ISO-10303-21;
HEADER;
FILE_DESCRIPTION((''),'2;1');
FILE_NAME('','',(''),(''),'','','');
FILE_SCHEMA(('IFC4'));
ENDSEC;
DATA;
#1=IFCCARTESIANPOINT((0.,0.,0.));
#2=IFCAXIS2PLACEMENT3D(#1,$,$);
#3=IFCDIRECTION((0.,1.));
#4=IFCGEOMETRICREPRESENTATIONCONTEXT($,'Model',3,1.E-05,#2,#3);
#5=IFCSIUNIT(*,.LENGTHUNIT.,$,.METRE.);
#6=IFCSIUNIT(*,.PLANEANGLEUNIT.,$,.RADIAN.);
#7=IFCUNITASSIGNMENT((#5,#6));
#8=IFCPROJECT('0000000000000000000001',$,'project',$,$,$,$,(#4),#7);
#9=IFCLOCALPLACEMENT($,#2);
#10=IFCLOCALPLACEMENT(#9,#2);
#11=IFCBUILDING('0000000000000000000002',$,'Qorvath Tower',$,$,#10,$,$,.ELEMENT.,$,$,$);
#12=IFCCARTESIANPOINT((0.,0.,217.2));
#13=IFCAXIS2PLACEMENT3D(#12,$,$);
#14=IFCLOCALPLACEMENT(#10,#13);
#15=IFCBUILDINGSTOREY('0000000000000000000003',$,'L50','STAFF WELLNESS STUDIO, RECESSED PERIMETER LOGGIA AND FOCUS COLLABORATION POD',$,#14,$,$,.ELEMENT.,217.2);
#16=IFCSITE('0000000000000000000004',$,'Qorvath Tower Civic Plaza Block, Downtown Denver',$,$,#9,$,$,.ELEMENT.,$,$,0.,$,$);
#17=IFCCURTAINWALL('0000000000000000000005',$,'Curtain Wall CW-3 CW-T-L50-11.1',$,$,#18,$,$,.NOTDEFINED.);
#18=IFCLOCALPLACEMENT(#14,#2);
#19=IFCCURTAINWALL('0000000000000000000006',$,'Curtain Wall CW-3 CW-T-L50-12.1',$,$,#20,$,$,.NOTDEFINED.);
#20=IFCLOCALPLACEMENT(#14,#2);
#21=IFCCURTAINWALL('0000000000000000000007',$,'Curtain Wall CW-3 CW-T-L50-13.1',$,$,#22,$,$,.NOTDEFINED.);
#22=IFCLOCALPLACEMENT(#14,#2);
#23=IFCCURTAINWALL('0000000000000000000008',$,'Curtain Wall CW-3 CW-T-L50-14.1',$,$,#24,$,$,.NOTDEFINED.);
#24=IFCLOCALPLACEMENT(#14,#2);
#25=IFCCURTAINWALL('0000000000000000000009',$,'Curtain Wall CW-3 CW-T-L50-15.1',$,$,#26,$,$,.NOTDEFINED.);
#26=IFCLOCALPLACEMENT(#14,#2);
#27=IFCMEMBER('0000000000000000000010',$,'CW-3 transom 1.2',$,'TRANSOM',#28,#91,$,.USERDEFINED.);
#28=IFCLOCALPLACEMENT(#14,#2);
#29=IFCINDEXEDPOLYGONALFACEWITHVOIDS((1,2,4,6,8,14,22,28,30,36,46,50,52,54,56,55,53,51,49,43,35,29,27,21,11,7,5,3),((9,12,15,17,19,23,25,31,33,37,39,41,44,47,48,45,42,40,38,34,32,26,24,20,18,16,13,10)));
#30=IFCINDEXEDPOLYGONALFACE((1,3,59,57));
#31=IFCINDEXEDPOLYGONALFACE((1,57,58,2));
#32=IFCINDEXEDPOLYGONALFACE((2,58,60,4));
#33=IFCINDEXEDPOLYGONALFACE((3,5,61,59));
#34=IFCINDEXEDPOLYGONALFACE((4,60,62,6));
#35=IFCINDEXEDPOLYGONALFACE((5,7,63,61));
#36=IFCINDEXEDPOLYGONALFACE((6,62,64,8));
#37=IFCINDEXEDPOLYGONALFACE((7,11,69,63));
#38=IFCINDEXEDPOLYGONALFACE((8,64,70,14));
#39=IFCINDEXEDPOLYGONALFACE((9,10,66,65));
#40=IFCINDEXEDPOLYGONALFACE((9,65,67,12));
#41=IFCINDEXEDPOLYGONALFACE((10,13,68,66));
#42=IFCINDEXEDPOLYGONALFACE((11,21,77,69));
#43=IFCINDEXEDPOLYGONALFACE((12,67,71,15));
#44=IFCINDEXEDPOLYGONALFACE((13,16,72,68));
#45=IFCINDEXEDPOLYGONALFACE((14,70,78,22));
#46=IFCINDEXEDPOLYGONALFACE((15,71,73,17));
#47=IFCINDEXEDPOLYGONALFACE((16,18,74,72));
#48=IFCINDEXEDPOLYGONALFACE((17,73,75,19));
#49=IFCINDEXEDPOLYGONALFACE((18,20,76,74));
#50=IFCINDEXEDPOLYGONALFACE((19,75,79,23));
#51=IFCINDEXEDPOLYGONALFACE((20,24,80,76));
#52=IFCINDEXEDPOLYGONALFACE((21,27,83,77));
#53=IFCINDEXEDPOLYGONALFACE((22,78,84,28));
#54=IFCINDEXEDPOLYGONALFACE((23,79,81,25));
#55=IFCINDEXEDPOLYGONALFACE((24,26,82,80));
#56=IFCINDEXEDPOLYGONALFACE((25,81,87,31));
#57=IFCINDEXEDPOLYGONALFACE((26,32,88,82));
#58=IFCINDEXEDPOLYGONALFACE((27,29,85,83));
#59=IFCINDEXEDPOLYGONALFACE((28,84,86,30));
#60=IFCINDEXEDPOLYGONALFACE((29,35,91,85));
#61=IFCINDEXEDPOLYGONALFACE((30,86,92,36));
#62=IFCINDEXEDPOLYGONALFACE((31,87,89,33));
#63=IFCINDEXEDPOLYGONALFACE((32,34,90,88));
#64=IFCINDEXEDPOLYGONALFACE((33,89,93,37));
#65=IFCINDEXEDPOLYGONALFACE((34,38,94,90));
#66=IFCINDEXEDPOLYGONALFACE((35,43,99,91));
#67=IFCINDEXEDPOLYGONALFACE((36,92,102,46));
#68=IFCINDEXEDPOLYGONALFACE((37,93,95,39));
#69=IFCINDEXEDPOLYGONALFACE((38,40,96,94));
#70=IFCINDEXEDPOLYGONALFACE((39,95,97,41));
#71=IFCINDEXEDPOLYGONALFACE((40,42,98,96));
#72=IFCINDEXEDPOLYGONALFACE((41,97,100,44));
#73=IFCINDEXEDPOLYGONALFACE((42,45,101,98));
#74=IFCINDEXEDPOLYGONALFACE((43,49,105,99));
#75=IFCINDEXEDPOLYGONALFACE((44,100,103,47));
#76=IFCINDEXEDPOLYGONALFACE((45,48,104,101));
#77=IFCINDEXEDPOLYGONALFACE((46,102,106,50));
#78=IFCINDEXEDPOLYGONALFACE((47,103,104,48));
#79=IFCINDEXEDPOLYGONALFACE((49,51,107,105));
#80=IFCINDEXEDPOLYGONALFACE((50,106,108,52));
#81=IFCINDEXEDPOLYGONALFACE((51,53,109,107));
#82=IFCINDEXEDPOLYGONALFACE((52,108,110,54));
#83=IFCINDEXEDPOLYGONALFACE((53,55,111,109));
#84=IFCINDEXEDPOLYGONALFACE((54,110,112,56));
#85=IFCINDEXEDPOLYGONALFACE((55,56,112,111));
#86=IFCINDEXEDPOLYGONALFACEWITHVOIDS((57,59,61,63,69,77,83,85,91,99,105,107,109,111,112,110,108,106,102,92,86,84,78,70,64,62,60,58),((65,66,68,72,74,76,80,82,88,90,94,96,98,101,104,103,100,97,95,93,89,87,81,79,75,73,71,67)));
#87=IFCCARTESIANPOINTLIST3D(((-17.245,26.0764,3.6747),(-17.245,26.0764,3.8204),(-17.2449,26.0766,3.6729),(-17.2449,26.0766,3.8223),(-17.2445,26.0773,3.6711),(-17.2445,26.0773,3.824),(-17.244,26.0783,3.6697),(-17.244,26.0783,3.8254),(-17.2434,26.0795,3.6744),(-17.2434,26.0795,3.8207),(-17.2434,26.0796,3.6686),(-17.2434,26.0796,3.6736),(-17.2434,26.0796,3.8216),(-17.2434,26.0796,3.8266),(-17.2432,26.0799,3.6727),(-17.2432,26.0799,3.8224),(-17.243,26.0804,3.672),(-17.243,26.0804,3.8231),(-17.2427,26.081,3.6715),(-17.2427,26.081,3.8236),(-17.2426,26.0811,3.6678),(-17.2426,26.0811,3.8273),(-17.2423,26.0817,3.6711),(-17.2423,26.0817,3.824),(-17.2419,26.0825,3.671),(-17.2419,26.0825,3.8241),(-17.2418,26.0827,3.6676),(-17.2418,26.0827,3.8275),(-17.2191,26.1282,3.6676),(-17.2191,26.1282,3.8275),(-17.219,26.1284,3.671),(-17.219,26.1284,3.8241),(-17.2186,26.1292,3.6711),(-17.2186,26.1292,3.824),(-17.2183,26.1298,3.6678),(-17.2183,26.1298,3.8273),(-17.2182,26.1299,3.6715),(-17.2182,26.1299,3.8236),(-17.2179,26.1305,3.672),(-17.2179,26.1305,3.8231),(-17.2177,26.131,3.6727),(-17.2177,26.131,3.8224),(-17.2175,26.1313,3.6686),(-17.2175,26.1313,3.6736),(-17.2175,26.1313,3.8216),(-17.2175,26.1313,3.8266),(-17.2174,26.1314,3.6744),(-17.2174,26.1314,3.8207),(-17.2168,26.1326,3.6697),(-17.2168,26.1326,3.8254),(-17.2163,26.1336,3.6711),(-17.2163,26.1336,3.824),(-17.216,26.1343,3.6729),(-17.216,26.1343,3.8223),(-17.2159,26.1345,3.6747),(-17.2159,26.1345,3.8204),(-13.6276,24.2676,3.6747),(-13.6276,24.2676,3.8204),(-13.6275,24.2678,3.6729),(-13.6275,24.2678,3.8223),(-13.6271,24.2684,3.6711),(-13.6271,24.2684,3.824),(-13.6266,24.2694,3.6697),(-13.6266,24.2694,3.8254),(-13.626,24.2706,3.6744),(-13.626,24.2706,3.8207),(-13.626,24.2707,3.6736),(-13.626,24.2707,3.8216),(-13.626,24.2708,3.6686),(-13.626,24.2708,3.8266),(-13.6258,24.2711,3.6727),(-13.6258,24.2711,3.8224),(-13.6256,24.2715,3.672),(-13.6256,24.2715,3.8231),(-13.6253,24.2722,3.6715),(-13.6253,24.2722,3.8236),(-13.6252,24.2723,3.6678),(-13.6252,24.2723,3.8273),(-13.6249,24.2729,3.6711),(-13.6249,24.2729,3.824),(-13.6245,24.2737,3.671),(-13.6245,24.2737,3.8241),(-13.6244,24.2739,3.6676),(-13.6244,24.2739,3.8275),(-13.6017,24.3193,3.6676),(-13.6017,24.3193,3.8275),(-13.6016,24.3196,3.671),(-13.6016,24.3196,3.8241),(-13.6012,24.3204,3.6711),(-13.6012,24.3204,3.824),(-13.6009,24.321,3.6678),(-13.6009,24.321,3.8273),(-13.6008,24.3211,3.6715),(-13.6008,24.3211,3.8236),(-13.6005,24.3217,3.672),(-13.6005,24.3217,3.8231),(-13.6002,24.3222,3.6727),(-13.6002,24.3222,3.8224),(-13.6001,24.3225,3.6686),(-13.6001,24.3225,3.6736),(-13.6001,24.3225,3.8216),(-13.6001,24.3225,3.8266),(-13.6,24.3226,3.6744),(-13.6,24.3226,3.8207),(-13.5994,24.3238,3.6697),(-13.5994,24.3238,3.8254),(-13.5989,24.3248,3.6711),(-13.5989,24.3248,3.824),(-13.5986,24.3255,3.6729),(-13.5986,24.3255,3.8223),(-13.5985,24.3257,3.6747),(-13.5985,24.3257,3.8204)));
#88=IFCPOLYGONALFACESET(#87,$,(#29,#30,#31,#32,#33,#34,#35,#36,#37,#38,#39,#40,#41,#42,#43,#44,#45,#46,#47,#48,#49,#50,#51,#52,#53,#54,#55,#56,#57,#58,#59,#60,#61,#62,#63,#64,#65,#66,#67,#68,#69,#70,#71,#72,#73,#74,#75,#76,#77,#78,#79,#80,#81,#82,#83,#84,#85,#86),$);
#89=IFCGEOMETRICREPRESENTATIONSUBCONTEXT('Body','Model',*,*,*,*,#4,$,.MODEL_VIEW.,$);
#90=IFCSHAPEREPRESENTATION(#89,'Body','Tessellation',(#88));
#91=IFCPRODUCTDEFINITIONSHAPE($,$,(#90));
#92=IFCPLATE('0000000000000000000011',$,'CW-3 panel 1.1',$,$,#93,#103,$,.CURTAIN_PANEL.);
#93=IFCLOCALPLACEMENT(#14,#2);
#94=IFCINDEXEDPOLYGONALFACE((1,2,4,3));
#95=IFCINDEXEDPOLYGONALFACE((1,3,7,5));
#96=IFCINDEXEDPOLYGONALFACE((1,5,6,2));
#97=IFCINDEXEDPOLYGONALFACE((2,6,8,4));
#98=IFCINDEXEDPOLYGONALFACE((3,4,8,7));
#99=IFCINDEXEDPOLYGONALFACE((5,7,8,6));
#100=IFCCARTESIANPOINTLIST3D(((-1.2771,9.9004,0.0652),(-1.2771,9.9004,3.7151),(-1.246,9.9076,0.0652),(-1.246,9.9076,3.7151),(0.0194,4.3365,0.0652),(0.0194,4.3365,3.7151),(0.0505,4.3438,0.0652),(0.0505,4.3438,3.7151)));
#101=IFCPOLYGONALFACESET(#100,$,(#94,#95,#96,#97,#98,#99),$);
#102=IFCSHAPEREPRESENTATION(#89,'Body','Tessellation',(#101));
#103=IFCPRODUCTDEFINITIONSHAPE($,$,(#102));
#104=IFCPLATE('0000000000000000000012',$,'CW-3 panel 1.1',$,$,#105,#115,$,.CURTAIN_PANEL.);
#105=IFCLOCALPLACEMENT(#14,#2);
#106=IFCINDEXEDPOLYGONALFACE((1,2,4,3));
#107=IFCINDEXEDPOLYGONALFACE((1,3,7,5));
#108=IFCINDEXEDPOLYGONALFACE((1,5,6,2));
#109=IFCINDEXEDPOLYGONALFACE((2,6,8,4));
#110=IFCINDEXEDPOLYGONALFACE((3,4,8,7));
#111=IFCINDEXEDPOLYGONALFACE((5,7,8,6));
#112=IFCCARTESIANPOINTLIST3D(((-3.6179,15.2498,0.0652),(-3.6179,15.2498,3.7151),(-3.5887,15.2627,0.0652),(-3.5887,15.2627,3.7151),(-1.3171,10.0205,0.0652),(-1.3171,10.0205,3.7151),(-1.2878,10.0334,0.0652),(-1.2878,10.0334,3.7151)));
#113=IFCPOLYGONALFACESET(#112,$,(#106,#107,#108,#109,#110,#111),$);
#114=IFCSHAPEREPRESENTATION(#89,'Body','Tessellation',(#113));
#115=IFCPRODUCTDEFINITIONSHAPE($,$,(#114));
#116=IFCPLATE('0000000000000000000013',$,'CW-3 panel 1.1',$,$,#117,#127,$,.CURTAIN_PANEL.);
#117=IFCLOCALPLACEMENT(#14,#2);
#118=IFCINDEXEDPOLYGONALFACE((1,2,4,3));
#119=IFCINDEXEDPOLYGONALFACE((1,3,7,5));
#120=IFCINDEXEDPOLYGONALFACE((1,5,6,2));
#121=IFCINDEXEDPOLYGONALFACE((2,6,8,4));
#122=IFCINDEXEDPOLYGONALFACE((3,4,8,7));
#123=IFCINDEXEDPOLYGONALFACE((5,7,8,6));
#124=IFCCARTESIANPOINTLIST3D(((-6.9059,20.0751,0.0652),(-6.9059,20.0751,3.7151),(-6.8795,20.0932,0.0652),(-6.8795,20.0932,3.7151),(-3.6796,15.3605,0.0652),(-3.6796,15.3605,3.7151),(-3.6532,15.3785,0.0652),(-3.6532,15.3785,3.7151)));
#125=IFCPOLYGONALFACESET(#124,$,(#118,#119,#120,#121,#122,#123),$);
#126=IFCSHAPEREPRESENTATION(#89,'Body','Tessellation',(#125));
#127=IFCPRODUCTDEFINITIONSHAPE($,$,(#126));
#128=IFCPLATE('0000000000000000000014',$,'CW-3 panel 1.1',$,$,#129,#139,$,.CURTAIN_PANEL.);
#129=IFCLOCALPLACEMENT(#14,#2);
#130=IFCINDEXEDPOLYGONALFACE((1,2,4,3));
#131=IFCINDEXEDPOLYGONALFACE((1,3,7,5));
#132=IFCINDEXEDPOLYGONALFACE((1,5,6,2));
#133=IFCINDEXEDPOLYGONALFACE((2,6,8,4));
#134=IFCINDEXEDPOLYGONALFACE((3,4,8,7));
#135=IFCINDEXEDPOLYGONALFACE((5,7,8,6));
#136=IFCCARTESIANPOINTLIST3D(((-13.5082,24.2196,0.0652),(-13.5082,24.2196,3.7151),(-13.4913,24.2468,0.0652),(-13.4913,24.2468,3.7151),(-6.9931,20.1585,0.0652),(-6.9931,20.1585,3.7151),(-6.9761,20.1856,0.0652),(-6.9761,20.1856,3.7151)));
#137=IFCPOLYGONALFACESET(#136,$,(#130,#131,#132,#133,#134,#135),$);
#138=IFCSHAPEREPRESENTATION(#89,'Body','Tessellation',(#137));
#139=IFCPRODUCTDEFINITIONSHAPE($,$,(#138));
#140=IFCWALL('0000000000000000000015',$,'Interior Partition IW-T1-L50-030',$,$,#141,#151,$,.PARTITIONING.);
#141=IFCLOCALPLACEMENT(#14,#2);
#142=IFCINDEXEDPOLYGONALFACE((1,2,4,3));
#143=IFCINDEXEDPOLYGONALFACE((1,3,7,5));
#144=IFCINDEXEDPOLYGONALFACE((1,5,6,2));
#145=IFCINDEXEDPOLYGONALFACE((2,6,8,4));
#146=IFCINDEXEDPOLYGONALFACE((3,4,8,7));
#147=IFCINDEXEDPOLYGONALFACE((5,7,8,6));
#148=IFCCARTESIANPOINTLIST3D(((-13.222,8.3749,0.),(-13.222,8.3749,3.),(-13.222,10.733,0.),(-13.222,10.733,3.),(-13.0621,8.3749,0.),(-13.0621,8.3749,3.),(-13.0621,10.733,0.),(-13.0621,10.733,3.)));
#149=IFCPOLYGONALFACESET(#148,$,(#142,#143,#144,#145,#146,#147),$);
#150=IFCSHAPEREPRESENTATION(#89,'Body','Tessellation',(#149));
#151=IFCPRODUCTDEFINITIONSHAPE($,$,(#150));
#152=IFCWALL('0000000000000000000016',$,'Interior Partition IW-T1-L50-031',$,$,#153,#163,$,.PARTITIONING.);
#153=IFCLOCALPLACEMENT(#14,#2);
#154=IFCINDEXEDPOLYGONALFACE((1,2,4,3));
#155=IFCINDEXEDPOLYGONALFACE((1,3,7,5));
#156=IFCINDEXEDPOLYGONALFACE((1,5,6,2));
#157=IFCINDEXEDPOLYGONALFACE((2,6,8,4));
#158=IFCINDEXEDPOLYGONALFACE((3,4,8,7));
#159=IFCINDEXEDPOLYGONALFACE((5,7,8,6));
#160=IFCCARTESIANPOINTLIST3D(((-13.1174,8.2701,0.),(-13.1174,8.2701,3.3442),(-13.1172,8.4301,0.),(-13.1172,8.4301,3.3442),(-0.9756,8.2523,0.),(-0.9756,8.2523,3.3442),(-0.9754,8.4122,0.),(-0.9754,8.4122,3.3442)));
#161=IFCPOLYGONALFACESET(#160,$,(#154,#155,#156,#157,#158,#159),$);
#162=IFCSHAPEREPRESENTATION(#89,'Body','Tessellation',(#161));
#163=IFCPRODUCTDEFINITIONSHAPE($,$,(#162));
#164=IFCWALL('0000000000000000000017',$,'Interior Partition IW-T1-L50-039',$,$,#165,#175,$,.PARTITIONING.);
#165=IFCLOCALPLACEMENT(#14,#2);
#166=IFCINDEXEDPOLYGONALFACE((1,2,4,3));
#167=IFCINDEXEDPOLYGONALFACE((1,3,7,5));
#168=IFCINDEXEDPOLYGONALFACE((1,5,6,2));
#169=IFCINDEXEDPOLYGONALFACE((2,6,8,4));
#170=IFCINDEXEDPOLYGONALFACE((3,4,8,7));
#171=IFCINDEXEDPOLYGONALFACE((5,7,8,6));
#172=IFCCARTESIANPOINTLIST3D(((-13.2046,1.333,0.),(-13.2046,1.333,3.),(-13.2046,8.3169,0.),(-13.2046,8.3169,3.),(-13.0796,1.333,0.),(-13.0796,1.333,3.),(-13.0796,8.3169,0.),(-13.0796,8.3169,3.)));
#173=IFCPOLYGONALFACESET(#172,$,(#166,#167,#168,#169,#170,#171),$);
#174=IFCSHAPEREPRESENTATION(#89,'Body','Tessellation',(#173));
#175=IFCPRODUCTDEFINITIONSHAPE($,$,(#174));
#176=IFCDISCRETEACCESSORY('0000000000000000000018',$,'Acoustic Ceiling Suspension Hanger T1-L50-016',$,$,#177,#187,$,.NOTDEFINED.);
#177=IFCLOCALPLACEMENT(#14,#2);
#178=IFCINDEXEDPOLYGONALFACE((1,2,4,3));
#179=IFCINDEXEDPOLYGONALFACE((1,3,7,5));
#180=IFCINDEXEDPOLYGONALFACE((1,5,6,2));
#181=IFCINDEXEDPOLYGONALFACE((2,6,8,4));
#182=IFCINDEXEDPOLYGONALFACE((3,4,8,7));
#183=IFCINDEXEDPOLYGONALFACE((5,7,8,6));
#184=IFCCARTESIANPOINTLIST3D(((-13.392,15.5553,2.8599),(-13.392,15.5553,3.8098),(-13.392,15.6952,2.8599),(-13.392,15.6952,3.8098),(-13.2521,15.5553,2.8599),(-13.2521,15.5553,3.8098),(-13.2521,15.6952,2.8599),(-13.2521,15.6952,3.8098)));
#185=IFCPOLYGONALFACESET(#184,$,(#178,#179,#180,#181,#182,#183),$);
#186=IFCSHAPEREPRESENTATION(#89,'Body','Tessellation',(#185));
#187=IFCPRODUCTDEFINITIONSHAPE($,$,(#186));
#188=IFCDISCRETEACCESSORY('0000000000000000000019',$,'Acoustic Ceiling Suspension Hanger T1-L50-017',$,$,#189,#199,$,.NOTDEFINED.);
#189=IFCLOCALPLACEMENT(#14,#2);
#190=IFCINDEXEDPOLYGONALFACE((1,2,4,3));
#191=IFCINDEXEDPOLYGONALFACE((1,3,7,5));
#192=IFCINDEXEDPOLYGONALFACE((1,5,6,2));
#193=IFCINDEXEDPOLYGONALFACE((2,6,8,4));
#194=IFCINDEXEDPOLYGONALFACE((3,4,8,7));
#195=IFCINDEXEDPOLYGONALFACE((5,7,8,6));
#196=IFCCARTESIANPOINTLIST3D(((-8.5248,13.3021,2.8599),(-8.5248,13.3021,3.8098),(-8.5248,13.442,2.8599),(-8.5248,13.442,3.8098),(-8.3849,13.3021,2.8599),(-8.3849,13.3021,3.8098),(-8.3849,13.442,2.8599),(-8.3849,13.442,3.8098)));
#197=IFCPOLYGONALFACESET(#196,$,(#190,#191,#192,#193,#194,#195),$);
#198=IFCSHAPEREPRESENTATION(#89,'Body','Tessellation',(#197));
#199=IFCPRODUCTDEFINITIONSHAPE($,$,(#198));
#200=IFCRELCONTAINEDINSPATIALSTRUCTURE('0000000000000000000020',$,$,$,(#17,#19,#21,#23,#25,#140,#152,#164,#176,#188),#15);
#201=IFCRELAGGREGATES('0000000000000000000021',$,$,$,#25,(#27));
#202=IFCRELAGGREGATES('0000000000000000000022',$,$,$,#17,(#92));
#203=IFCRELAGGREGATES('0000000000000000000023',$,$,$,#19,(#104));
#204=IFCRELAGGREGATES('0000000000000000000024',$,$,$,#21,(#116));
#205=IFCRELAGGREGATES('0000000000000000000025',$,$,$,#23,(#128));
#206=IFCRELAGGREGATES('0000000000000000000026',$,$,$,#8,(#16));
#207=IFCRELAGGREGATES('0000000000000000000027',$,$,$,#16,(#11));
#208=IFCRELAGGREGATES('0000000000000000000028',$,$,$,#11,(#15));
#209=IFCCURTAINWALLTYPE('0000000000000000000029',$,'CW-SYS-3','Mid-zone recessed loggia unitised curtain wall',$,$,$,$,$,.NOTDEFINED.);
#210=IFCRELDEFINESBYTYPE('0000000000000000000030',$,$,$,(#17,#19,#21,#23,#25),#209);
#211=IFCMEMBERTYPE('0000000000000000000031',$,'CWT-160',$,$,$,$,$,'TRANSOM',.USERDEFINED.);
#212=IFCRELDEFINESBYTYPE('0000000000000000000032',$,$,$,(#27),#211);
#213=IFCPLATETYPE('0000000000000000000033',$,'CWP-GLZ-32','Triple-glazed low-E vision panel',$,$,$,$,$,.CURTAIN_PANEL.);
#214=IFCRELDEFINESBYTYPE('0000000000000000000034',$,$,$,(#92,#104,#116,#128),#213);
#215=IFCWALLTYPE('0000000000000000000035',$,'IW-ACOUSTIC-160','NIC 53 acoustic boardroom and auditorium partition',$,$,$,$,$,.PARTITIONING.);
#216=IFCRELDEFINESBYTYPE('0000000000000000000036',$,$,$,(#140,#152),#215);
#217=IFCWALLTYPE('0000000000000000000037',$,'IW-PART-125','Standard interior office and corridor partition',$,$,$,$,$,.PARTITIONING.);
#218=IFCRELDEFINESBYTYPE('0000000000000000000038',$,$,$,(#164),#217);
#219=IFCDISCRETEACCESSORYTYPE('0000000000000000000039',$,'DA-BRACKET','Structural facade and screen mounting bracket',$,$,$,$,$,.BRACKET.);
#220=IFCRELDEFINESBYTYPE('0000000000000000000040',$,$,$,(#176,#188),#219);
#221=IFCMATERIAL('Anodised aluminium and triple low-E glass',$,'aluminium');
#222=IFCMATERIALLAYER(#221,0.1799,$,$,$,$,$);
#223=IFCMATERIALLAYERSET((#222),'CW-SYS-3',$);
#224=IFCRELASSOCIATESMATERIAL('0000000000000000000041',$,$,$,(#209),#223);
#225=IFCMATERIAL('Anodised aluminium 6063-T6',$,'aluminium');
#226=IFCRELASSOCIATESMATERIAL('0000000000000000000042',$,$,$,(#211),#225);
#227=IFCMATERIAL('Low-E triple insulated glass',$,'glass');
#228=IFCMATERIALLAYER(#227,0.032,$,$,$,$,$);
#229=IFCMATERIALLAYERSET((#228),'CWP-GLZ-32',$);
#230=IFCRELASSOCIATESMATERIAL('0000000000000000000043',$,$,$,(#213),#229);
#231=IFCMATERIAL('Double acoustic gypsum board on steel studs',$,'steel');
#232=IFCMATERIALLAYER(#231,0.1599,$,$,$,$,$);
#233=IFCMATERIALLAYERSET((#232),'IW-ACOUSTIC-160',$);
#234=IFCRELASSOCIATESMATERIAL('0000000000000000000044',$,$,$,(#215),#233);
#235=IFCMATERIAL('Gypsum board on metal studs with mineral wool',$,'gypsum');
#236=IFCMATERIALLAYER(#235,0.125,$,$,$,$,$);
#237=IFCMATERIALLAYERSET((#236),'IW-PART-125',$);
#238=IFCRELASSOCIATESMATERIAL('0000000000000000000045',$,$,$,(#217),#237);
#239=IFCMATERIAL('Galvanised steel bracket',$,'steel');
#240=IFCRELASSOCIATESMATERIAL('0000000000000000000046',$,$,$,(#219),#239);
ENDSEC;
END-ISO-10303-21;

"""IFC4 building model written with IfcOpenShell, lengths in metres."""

from ifc_helpers import new_model, si_unit, direction, frame, frame_2d, origin, origin_2d, place, context, subcontext, project, spatial, rectangle, hollow_rectangle, extrude, material, layer, layer_set, material_profile, profile_set, type_object, element, aggregate, save


model = new_model("IFC4")

# Units and contexts
model_context = context("Model", 3, precision=1e-05, world=origin(), true_north=direction((0.0, 1.0)))
body_context = subcontext(model_context, "Body", "Model", "MODEL_VIEW")
ifc_project = project(units=[si_unit("LENGTHUNIT", "METRE"), si_unit("PLANEANGLEUNIT", "RADIAN")], contexts=[model_context])

# Site, building, storey
site_placement = place(None, origin())
site = spatial("IfcSite", under=ifc_project, at=site_placement, Name="Qorvath Tower Civic Plaza Block, Downtown Denver", CompositionType="ELEMENT", RefElevation=0.0)
building_placement = place(site_placement, origin())
building = spatial("IfcBuilding", under=site, at=building_placement, Name="Qorvath Tower", CompositionType="ELEMENT")
storey_placement = place(building_placement, frame((0.0, 0.0, 217.2)))
storey = spatial("IfcBuildingStorey", under=building, at=storey_placement, Name="L50", Description="STAFF WELLNESS STUDIO, RECESSED PERIMETER LOGGIA AND FOCUS COLLABORATION POD", CompositionType="ELEMENT", Elevation=217.2)

# Curtain wall
ifc_material_1 = material(Name="Anodised aluminium and triple low-E glass", Category="aluminium")
ifc_layer_1 = layer(ifc_material_1, 0.1799)
ifc_layer_set_1 = layer_set([ifc_layer_1], Name="CW-SYS-3")
curtain_wall_type = type_object("IfcCurtainWallType", Name="CW-SYS-3", Description="Mid-zone recessed loggia unitised curtain wall", PredefinedType="NOTDEFINED", material=ifc_layer_set_1)
curtain_wall_1_placement = place(storey_placement, origin())
curtain_wall_1 = element("IfcCurtainWall", 1, at=curtain_wall_1_placement, inside=storey, type_object=curtain_wall_type, Name="Curtain Wall CW-3 CW-T-L50-11.1", PredefinedType="NOTDEFINED")

# Curtain walls
curtain_wall_2_placement = place(storey_placement, origin())
curtain_wall_2 = element("IfcCurtainWall", 2, at=curtain_wall_2_placement, inside=storey, type_object=curtain_wall_type, Name="Curtain Wall CW-3 CW-T-L50-12.1", PredefinedType="NOTDEFINED")
curtain_wall_3_placement = place(storey_placement, origin())
curtain_wall_3 = element("IfcCurtainWall", 3, at=curtain_wall_3_placement, inside=storey, type_object=curtain_wall_type, Name="Curtain Wall CW-3 CW-T-L50-13.1", PredefinedType="NOTDEFINED")
curtain_wall_4_placement = place(storey_placement, origin())
curtain_wall_4 = element("IfcCurtainWall", 4, at=curtain_wall_4_placement, inside=storey, type_object=curtain_wall_type, Name="Curtain Wall CW-3 CW-T-L50-14.1", PredefinedType="NOTDEFINED")

# Curtain wall
curtain_wall_5_placement = place(storey_placement, origin())
curtain_wall_5 = element("IfcCurtainWall", 5, at=curtain_wall_5_placement, inside=storey, type_object=curtain_wall_type, Name="Curtain Wall CW-3 CW-T-L50-15.1", PredefinedType="NOTDEFINED")

# Member
ifc_material_2 = material(Name="Anodised aluminium 6063-T6", Category="aluminium")
ifc_material_profile_1 = material_profile(ifc_material_2, hollow_rectangle(XDim=0.0649, YDim=0.1599, WallThickness=0.0034, InnerFilletRadius=0.0034, OuterFilletRadius=0.0071, at=origin_2d()), Name="CWT 160x65")
ifc_profile_set_1 = profile_set([ifc_material_profile_1], Name="Anodised aluminium 6063-T6")
member_type_1 = type_object("IfcMemberType", Name="CWT-160", ElementType="TRANSOM", PredefinedType="USERDEFINED", material=ifc_profile_set_1)
member_1_placement = place(storey_placement, frame((-13.613, 24.2966, 3.7476), z_axis=(-0.894415, 0.447238, 0.0), x_axis=(-0.447238, -0.894415, 0.0)))
member_1 = element("IfcMember", 6, at=member_1_placement, type_object=member_type_1, Name="CW-3 transom 1.2", ObjectType="TRANSOM", PredefinedType="USERDEFINED", context=body_context, shape_type="SweptSolid", body=[
    extrude(hollow_rectangle(XDim=0.0649, YDim=0.1599, WallThickness=0.0034, InnerFilletRadius=0.0034, OuterFilletRadius=0.0071, at=origin_2d()), origin(), (0.0, 0.0, 1.0), 4.0444),
])
aggregate(curtain_wall_5, [member_1])

# Plates
ifc_material_3 = material(Name="Low-E triple insulated glass", Category="glass")
ifc_layer_2 = layer(ifc_material_3, 0.032)
ifc_layer_set_2 = layer_set([ifc_layer_2], Name="CWP-GLZ-32")
plate_type = type_object("IfcPlateType", Name="CWP-GLZ-32", Description="Triple-glazed low-E vision panel", PredefinedType="CURTAIN_PANEL", material=ifc_layer_set_2)
plate_1_placement = place(storey_placement, frame((-0.6133, 7.1221, 0.0652), z_axis=(0.0, 0.0, 1.0), x_axis=(-0.226944, 0.973908, 0.0)))
plate_1 = element("IfcPlate", 7, at=plate_1_placement, type_object=plate_type, Name="CW-3 panel 1.1", PredefinedType="CURTAIN_PANEL", context=body_context, shape_type="SweptSolid", body=[
    extrude(rectangle(XDim=5.7129, YDim=0.032, at=origin_2d()), origin(), (0.0, 0.0, 1.0), 3.6499),
])
aggregate(curtain_wall_1, [plate_1])
plate_2_placement = place(storey_placement, frame((-2.4529, 12.6416, 0.0652), z_axis=(0.0, 0.0, 1.0), x_axis=(-0.402725, 0.915321, 0.0)))
plate_2 = element("IfcPlate", 8, at=plate_2_placement, type_object=plate_type, Name="CW-3 panel 1.1", PredefinedType="CURTAIN_PANEL", context=body_context, shape_type="SweptSolid", body=[
    extrude(rectangle(XDim=5.7131, YDim=0.032, at=origin_2d()), origin(), (0.0, 0.0, 1.0), 3.6499),
])
aggregate(curtain_wall_2, [plate_2])
plate_3_placement = place(storey_placement, frame((-5.2795, 17.7268, 0.0652), z_axis=(0.0, 0.0, 1.0), x_axis=(-0.564746, 0.825264, 0.0)))
plate_3 = element("IfcPlate", 9, at=plate_3_placement, type_object=plate_type, Name="CW-3 panel 1.1", PredefinedType="CURTAIN_PANEL", context=body_context, shape_type="SweptSolid", body=[
    extrude(rectangle(XDim=5.7129, YDim=0.032, at=origin_2d()), origin(), (0.0, 0.0, 1.0), 3.6499),
])
aggregate(curtain_wall_3, [plate_3])
plate_4_placement = place(storey_placement, frame((-10.2422, 22.2026, 0.0652), z_axis=(0.0, 0.0, 1.0), x_axis=(-0.848633, 0.528982, 0.0)))
plate_4 = element("IfcPlate", 10, at=plate_4_placement, type_object=plate_type, Name="CW-3 panel 1.1", PredefinedType="CURTAIN_PANEL", context=body_context, shape_type="SweptSolid", body=[
    extrude(rectangle(XDim=7.6772, YDim=0.032, at=origin_2d()), origin(), (0.0, 0.0, 1.0), 3.6499),
])
aggregate(curtain_wall_4, [plate_4])

# Walls
ifc_material_4 = material(Name="Double acoustic gypsum board on steel studs", Category="steel")
ifc_layer_3 = layer(ifc_material_4, 0.1599)
ifc_layer_set_3 = layer_set([ifc_layer_3], Name="IW-ACOUSTIC-160")
wall_type_1 = type_object("IfcWallType", Name="IW-ACOUSTIC-160", Description="NIC 53 acoustic boardroom and auditorium partition", PredefinedType="PARTITIONING", material=ifc_layer_set_3)
wall_1_placement = place(storey_placement, frame((-13.1421, 10.7332, 0.0), z_axis=(0.0, 0.0, 1.0), x_axis=(0.0, -1.0, 0.0)))
element("IfcWall", 11, at=wall_1_placement, inside=storey, type_object=wall_type_1, Name="Interior Partition IW-T1-L50-030", PredefinedType="PARTITIONING", context=body_context, shape_type="SweptSolid", body=[
    extrude(rectangle(XDim=2.3582, YDim=0.1599, at=frame_2d((1.1792, 0.0))), origin(), (0.0, 0.0, 1.0), 3.0),
])
wall_2_placement = place(storey_placement, frame((-13.1172, 8.3501, 0.0), z_axis=(0.0, 0.0, 1.0), x_axis=(0.999999, -0.001468, 0.0)))
element("IfcWall", 12, at=wall_2_placement, inside=storey, type_object=wall_type_1, Name="Interior Partition IW-T1-L50-031", PredefinedType="PARTITIONING", context=body_context, shape_type="SweptSolid", body=[
    extrude(rectangle(XDim=12.1418, YDim=0.1599, at=frame_2d((6.0708, 0.0))), origin(), (0.0, 0.0, 1.0), 3.3442),
])
ifc_material_5 = material(Name="Gypsum board on metal studs with mineral wool", Category="gypsum")
ifc_layer_4 = layer(ifc_material_5, 0.125)
ifc_layer_set_4 = layer_set([ifc_layer_4], Name="IW-PART-125")
wall_type_2 = type_object("IfcWallType", Name="IW-PART-125", Description="Standard interior office and corridor partition", PredefinedType="PARTITIONING", material=ifc_layer_set_4)
wall_3_placement = place(storey_placement, frame((-13.1421, 8.3169, 0.0), z_axis=(0.0, 0.0, 1.0), x_axis=(0.0, -1.0, 0.0)))
element("IfcWall", 13, at=wall_3_placement, inside=storey, type_object=wall_type_2, Name="Interior Partition IW-T1-L50-039", PredefinedType="PARTITIONING", context=body_context, shape_type="SweptSolid", body=[
    extrude(rectangle(XDim=6.9839, YDim=0.125, at=frame_2d((3.4919, 0.0))), origin(), (0.0, 0.0, 1.0), 3.0),
])

# Discrete accessories
ifc_material_6 = material(Name="Galvanised steel bracket", Category="steel")
discrete_accessory_type = type_object("IfcDiscreteAccessoryType", Name="DA-BRACKET", Description="Structural facade and screen mounting bracket", PredefinedType="BRACKET", material=ifc_material_6)
for number, where, z_axis, x_axis, name in (
    (14, (-13.322, 15.6252, 2.8599), (0.0, 0.0, 1.0), (1.0, 0.0, 0.0), "Acoustic Ceiling Suspension Hanger T1-L50-016"),
    (15, (-8.4548, 13.3721, 2.8599), (0.0, 0.0, 1.0), (1.0, 0.0, 0.0), "Acoustic Ceiling Suspension Hanger T1-L50-017"),
):
    element("IfcDiscreteAccessory", number, at=place(storey_placement, frame(where, z_axis=z_axis, x_axis=x_axis)), inside=storey, type_object=discrete_accessory_type, Name=name, PredefinedType="NOTDEFINED", context=body_context, shape_type="SweptSolid", body=[
        extrude(rectangle(XDim=0.1399, YDim=0.1399, at=origin_2d()), origin(), (0.0, 0.0, 1.0), 0.95),
    ])

save(model, "model.ifc")
